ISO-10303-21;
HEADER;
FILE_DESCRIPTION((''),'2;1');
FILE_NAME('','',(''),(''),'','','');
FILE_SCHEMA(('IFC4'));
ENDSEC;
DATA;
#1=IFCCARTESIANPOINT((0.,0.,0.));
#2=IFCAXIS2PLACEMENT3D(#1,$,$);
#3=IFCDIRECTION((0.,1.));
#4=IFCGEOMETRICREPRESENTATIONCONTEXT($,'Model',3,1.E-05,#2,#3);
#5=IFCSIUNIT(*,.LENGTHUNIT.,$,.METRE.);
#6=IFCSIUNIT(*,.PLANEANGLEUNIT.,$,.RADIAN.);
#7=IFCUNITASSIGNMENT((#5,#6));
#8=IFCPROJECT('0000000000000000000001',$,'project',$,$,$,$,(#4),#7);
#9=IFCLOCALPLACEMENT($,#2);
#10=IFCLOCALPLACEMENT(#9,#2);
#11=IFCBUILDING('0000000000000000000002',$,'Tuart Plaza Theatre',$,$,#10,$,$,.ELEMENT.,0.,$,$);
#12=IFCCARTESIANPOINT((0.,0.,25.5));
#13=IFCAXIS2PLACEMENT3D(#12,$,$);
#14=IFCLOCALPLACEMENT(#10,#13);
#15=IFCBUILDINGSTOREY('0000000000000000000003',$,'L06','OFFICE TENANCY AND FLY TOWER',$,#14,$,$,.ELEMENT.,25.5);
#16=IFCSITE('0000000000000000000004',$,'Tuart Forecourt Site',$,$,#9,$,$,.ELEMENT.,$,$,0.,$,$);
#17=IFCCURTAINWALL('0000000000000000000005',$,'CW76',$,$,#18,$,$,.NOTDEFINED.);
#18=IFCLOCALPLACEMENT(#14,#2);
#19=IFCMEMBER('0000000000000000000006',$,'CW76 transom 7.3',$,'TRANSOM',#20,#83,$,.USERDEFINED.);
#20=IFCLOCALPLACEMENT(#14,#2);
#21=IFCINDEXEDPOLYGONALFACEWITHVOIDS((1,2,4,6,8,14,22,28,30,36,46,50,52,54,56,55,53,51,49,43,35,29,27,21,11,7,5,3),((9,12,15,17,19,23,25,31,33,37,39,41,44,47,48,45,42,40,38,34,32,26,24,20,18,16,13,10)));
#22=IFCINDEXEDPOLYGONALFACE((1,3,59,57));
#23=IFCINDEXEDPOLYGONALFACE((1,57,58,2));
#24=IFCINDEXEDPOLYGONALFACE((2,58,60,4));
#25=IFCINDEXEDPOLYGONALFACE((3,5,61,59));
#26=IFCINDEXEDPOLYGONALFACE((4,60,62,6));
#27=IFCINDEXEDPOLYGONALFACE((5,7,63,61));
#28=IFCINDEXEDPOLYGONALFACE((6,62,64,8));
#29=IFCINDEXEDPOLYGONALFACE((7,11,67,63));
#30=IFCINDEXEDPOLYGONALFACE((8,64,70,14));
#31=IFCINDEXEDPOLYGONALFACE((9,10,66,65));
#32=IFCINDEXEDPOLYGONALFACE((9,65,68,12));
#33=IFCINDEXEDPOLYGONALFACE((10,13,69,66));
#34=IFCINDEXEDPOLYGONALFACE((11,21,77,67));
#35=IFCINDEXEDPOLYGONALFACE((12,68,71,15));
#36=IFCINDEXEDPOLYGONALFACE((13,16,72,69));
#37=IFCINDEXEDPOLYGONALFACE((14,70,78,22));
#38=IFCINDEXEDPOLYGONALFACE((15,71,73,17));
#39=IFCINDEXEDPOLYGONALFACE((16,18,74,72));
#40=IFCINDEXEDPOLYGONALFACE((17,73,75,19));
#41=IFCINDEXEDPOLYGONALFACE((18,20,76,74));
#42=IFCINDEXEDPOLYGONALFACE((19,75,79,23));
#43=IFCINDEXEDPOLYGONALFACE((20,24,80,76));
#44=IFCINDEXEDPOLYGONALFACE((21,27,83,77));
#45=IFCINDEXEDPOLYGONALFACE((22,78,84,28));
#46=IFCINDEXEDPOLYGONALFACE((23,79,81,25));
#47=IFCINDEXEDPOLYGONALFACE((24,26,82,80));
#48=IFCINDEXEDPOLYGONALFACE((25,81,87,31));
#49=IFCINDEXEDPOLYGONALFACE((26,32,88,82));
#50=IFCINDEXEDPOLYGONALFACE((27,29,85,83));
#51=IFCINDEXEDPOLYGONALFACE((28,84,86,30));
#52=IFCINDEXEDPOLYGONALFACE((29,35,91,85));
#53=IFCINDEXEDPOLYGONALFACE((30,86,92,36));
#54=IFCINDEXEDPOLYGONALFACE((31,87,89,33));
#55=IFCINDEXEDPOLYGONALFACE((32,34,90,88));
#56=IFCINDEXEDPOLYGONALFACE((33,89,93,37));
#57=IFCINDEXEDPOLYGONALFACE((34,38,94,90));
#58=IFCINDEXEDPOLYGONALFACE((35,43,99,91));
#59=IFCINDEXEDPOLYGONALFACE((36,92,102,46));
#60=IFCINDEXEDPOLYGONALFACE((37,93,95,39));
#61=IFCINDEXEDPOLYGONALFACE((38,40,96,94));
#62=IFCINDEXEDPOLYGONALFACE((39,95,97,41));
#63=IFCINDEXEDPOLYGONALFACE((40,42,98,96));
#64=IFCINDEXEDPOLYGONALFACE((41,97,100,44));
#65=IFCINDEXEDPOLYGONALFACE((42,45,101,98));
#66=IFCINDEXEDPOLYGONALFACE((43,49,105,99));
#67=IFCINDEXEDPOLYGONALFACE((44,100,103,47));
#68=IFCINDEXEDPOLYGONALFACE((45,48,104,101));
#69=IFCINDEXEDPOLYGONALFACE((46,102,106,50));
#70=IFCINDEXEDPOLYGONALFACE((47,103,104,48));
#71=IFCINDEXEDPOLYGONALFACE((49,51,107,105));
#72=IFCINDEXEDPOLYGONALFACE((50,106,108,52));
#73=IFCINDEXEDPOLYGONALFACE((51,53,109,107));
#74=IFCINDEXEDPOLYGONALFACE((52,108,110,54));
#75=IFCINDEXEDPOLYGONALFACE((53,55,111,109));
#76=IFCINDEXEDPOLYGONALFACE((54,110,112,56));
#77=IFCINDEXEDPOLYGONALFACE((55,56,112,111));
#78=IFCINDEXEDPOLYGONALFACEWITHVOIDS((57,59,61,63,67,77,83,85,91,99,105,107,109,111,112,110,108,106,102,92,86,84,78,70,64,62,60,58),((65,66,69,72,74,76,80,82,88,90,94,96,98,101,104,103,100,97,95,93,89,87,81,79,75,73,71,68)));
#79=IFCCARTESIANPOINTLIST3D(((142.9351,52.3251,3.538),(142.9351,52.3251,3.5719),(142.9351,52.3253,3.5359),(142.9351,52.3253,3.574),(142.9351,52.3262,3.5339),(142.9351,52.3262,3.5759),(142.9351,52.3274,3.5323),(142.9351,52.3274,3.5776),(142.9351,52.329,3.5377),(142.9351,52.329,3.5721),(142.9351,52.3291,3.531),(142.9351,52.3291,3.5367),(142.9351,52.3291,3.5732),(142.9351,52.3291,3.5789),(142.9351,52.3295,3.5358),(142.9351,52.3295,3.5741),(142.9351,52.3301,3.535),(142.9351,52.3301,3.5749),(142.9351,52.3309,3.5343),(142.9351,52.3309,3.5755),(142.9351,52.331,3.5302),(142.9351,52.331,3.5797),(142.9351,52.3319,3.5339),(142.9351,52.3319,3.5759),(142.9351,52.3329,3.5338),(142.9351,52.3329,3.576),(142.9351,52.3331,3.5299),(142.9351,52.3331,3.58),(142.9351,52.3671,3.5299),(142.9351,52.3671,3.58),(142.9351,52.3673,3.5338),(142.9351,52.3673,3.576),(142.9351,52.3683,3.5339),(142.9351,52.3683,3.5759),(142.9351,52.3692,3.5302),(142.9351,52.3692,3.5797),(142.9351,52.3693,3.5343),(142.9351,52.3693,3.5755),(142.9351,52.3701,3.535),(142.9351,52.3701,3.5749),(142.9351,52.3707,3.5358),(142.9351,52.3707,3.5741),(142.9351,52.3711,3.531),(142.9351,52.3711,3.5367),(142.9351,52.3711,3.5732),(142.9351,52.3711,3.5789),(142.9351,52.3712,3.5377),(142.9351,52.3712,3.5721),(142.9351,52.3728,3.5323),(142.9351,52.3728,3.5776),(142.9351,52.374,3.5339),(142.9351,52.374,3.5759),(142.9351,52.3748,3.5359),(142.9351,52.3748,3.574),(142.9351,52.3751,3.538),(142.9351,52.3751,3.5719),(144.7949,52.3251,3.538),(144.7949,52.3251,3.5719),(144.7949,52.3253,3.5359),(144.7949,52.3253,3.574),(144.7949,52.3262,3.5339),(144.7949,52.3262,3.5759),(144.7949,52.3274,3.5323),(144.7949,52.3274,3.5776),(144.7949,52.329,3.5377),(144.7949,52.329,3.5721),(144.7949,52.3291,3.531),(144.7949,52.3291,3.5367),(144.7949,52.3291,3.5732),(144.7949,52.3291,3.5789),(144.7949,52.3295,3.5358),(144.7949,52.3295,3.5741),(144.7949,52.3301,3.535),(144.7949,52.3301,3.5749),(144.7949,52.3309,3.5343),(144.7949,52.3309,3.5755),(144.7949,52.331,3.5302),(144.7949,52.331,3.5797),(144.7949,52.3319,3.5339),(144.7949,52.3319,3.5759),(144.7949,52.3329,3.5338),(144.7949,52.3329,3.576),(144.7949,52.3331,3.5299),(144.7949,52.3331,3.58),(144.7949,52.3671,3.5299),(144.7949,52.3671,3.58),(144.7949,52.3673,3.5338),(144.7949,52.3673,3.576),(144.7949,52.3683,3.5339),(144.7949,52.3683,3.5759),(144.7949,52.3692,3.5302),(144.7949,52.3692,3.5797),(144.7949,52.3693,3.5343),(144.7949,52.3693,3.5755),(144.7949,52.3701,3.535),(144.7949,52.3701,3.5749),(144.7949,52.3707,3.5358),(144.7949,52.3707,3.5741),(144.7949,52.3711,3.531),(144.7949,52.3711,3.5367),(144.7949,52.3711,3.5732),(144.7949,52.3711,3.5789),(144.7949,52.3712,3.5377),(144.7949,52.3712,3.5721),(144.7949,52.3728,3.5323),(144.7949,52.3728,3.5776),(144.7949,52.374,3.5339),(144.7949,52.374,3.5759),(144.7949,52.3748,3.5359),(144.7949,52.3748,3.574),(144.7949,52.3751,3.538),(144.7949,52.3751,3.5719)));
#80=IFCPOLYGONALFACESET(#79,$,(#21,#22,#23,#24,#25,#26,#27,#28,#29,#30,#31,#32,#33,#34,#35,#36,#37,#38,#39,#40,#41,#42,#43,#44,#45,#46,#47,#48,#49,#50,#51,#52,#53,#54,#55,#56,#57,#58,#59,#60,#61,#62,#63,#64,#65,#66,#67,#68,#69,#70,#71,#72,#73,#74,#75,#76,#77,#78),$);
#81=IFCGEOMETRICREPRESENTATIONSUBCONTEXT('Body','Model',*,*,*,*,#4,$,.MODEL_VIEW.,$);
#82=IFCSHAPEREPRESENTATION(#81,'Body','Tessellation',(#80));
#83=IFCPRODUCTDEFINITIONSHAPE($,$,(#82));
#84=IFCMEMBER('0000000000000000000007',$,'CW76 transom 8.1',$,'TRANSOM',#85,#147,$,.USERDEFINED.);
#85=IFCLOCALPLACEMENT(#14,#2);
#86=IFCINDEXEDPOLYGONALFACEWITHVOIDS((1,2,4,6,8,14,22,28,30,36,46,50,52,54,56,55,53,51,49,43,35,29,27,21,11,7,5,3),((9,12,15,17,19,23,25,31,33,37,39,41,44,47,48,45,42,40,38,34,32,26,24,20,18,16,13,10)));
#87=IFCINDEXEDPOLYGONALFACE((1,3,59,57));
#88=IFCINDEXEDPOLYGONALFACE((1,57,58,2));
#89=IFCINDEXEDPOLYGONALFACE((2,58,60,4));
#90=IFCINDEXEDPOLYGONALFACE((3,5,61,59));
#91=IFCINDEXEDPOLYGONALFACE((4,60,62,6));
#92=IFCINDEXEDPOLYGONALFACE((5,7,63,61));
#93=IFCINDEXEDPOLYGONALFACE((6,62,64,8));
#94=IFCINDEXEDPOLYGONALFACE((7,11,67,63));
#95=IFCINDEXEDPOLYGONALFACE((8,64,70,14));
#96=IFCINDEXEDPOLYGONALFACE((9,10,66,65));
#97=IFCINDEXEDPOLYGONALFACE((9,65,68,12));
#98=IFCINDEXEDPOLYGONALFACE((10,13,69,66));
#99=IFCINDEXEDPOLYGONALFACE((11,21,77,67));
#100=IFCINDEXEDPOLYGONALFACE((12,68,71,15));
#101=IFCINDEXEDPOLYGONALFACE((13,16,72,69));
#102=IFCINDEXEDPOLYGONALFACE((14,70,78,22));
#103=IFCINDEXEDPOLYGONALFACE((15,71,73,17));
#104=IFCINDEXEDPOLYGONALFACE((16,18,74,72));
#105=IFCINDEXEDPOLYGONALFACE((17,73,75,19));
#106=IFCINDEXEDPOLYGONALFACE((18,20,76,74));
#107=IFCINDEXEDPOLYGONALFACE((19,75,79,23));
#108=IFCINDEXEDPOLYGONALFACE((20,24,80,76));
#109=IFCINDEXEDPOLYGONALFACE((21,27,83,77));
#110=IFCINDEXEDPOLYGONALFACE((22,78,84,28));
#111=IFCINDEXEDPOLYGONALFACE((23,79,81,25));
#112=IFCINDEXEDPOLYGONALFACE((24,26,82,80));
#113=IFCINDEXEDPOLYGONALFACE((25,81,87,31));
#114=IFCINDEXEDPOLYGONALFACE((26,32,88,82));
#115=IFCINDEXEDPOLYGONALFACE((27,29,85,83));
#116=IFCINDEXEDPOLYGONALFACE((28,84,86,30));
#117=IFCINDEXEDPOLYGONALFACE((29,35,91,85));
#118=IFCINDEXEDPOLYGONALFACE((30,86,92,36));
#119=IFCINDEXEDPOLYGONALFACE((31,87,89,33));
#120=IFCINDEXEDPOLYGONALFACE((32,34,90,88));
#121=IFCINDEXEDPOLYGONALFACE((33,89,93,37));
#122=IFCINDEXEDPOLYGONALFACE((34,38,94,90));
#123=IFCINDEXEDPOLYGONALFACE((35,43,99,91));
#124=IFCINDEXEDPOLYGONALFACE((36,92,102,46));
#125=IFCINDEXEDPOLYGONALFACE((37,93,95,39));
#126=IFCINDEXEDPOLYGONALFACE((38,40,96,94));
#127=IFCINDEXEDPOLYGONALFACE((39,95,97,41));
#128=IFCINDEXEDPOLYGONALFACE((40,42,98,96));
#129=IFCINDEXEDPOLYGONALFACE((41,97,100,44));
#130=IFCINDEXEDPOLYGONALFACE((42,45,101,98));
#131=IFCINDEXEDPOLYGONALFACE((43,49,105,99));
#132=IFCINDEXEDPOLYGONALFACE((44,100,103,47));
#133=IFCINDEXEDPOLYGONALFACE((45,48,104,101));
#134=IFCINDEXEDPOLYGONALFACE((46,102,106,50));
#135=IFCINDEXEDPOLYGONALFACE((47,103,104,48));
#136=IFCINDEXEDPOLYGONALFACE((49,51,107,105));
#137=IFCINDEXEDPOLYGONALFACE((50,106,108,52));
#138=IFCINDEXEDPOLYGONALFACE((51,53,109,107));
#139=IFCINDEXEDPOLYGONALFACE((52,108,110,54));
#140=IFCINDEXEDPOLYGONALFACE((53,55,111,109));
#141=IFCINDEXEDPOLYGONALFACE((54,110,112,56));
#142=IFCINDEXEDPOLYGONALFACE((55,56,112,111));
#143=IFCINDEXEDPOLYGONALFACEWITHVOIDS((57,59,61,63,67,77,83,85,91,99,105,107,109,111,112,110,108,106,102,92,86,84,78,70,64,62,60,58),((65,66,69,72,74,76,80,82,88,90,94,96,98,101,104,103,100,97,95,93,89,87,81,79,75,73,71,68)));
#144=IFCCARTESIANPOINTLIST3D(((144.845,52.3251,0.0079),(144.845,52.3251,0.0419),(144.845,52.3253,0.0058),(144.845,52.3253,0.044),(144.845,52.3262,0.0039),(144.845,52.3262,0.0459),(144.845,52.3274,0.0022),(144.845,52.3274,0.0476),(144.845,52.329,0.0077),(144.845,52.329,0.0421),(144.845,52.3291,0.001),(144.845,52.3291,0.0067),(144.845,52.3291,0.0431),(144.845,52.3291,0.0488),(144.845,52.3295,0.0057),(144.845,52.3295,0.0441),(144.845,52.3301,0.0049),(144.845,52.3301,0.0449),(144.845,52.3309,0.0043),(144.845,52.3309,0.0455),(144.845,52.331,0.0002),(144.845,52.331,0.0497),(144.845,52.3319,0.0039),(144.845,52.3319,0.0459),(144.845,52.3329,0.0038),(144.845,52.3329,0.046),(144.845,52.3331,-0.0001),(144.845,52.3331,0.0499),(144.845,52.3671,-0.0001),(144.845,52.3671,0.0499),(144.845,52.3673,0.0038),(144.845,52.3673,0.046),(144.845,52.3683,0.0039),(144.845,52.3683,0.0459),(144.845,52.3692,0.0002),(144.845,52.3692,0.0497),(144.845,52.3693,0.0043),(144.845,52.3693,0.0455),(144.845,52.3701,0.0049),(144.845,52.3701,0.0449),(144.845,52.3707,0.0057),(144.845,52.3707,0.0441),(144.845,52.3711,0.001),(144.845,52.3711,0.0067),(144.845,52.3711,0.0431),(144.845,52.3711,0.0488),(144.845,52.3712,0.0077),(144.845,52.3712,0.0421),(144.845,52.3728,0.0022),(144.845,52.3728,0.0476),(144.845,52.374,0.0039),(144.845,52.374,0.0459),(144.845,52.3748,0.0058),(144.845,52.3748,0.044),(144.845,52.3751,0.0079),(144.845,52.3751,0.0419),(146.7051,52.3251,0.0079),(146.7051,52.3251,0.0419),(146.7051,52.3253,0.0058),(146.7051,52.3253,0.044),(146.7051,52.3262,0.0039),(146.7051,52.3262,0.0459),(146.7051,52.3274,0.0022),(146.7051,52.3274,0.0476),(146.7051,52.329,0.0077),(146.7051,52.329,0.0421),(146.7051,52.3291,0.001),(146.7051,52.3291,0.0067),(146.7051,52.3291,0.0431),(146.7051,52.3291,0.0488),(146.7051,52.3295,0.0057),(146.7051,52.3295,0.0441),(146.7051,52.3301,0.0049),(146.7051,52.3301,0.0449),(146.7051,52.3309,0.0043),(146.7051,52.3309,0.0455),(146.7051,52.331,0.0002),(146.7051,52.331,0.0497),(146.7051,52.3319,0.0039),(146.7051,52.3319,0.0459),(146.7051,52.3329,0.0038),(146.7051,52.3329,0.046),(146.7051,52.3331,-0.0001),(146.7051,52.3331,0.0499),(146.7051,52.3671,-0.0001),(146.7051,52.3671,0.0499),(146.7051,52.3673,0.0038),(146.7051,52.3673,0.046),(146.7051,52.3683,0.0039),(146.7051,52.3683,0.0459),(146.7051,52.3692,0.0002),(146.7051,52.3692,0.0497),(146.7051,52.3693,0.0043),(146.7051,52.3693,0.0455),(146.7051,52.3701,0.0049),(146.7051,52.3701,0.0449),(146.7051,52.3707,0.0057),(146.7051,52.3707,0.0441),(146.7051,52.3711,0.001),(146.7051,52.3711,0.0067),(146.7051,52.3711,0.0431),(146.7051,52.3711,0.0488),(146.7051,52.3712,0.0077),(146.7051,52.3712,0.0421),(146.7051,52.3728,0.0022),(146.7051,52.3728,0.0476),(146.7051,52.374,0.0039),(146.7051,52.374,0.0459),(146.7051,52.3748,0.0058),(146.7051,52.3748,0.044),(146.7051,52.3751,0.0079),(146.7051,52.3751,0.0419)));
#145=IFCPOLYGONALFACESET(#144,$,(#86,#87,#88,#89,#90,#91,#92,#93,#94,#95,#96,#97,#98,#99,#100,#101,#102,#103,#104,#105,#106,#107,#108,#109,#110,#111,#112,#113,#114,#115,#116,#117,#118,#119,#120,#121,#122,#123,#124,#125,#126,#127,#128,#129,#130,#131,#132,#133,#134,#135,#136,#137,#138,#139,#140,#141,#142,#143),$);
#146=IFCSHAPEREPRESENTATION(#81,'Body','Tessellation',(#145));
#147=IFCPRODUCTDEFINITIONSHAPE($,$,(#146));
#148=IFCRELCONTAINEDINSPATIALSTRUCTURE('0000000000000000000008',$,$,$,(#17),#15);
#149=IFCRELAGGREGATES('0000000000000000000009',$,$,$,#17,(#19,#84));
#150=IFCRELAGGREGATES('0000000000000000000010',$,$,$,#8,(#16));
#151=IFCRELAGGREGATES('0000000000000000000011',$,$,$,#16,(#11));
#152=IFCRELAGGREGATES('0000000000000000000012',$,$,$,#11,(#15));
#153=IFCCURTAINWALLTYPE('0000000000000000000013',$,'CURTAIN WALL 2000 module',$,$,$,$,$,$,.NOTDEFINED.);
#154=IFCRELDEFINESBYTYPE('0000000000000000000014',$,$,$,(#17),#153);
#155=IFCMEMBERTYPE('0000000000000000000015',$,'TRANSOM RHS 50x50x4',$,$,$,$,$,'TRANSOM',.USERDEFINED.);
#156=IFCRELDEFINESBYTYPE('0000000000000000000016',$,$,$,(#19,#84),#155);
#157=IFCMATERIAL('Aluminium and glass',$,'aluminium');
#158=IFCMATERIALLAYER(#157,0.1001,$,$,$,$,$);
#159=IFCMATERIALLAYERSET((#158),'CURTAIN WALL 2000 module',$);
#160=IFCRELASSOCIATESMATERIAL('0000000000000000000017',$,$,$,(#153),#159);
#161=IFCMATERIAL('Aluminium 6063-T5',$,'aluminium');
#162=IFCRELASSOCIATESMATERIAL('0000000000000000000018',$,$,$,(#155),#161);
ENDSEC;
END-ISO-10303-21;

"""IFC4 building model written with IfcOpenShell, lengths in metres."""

from ifc_helpers import new_model, si_unit, direction, frame, origin, origin_2d, place, context, subcontext, project, spatial, hollow_rectangle, extrude, material, layer, layer_set, material_profile, profile_set, type_object, element, aggregate, save


model = new_model("IFC4")

# Units and contexts
model_context = context("Model", 3, precision=1e-05, world=origin(), true_north=direction((0.0, 1.0)))
body_context = subcontext(model_context, "Body", "Model", "MODEL_VIEW")
ifc_project = project(units=[si_unit("LENGTHUNIT", "METRE"), si_unit("PLANEANGLEUNIT", "RADIAN")], contexts=[model_context])

# Site, building, storey
site_placement = place(None, origin())
site = spatial("IfcSite", under=ifc_project, at=site_placement, Name="Tuart Forecourt Site", CompositionType="ELEMENT", RefElevation=0.0)
building_placement = place(site_placement, origin())
building = spatial("IfcBuilding", under=site, at=building_placement, Name="Tuart Plaza Theatre", CompositionType="ELEMENT", ElevationOfRefHeight=0.0)
storey_placement = place(building_placement, frame((0.0, 0.0, 25.5)))
storey = spatial("IfcBuildingStorey", under=building, at=storey_placement, Name="L06", Description="OFFICE TENANCY AND FLY TOWER", CompositionType="ELEMENT", Elevation=25.5)

# Curtain wall, members
ifc_material_1 = material(Name="Aluminium and glass", Category="aluminium")
ifc_layer_1 = layer(ifc_material_1, 0.1001)
ifc_layer_set_1 = layer_set([ifc_layer_1], Name="CURTAIN WALL 2000 module")
curtain_wall_type = type_object("IfcCurtainWallType", Name="CURTAIN WALL 2000 module", PredefinedType="NOTDEFINED", material=ifc_layer_set_1)
curtain_wall_placement = place(storey_placement, origin())
curtain_wall = element("IfcCurtainWall", 1, at=curtain_wall_placement, inside=storey, type_object=curtain_wall_type, Name="CW76", PredefinedType="NOTDEFINED")
ifc_material_2 = material(Name="Aluminium 6063-T5", Category="aluminium")
ifc_material_profile_1 = material_profile(ifc_material_2, hollow_rectangle(XDim=0.05, YDim=0.05, WallThickness=0.0039, InnerFilletRadius=0.0039, OuterFilletRadius=0.0081, at=origin_2d()), Name="RHS 50x50x4")
ifc_profile_set_1 = profile_set([ifc_material_profile_1], Name="Aluminium 6063-T5")
member_type_1 = type_object("IfcMemberType", Name="TRANSOM RHS 50x50x4", ElementType="TRANSOM", PredefinedType="USERDEFINED", material=ifc_profile_set_1)
member_1_placement = place(storey_placement, frame((142.9351, 52.3501, 3.5549), z_axis=(1.0, 0.0, 0.0), x_axis=(0.0, 1.0, 0.0)))
member_1 = element("IfcMember", 2, at=member_1_placement, type_object=member_type_1, Name="CW76 transom 7.3", ObjectType="TRANSOM", PredefinedType="USERDEFINED", context=body_context, shape_type="SweptSolid", body=[
    extrude(hollow_rectangle(XDim=0.05, YDim=0.05, WallThickness=0.0039, InnerFilletRadius=0.0039, OuterFilletRadius=0.0081, at=origin_2d()), origin(), (0.0, 0.0, 1.0), 1.8599),
])
member_2_placement = place(storey_placement, frame((144.845, 52.3501, 0.0249), z_axis=(1.0, 0.0, 0.0), x_axis=(0.0, 1.0, 0.0)))
member_2 = element("IfcMember", 3, at=member_2_placement, type_object=member_type_1, Name="CW76 transom 8.1", ObjectType="TRANSOM", PredefinedType="USERDEFINED", context=body_context, shape_type="SweptSolid", body=[
    extrude(hollow_rectangle(XDim=0.05, YDim=0.05, WallThickness=0.0039, InnerFilletRadius=0.0039, OuterFilletRadius=0.0081, at=origin_2d()), origin(), (0.0, 0.0, 1.0), 1.8601),
])
aggregate(curtain_wall, [member_1, member_2])

save(model, "model.ifc")
